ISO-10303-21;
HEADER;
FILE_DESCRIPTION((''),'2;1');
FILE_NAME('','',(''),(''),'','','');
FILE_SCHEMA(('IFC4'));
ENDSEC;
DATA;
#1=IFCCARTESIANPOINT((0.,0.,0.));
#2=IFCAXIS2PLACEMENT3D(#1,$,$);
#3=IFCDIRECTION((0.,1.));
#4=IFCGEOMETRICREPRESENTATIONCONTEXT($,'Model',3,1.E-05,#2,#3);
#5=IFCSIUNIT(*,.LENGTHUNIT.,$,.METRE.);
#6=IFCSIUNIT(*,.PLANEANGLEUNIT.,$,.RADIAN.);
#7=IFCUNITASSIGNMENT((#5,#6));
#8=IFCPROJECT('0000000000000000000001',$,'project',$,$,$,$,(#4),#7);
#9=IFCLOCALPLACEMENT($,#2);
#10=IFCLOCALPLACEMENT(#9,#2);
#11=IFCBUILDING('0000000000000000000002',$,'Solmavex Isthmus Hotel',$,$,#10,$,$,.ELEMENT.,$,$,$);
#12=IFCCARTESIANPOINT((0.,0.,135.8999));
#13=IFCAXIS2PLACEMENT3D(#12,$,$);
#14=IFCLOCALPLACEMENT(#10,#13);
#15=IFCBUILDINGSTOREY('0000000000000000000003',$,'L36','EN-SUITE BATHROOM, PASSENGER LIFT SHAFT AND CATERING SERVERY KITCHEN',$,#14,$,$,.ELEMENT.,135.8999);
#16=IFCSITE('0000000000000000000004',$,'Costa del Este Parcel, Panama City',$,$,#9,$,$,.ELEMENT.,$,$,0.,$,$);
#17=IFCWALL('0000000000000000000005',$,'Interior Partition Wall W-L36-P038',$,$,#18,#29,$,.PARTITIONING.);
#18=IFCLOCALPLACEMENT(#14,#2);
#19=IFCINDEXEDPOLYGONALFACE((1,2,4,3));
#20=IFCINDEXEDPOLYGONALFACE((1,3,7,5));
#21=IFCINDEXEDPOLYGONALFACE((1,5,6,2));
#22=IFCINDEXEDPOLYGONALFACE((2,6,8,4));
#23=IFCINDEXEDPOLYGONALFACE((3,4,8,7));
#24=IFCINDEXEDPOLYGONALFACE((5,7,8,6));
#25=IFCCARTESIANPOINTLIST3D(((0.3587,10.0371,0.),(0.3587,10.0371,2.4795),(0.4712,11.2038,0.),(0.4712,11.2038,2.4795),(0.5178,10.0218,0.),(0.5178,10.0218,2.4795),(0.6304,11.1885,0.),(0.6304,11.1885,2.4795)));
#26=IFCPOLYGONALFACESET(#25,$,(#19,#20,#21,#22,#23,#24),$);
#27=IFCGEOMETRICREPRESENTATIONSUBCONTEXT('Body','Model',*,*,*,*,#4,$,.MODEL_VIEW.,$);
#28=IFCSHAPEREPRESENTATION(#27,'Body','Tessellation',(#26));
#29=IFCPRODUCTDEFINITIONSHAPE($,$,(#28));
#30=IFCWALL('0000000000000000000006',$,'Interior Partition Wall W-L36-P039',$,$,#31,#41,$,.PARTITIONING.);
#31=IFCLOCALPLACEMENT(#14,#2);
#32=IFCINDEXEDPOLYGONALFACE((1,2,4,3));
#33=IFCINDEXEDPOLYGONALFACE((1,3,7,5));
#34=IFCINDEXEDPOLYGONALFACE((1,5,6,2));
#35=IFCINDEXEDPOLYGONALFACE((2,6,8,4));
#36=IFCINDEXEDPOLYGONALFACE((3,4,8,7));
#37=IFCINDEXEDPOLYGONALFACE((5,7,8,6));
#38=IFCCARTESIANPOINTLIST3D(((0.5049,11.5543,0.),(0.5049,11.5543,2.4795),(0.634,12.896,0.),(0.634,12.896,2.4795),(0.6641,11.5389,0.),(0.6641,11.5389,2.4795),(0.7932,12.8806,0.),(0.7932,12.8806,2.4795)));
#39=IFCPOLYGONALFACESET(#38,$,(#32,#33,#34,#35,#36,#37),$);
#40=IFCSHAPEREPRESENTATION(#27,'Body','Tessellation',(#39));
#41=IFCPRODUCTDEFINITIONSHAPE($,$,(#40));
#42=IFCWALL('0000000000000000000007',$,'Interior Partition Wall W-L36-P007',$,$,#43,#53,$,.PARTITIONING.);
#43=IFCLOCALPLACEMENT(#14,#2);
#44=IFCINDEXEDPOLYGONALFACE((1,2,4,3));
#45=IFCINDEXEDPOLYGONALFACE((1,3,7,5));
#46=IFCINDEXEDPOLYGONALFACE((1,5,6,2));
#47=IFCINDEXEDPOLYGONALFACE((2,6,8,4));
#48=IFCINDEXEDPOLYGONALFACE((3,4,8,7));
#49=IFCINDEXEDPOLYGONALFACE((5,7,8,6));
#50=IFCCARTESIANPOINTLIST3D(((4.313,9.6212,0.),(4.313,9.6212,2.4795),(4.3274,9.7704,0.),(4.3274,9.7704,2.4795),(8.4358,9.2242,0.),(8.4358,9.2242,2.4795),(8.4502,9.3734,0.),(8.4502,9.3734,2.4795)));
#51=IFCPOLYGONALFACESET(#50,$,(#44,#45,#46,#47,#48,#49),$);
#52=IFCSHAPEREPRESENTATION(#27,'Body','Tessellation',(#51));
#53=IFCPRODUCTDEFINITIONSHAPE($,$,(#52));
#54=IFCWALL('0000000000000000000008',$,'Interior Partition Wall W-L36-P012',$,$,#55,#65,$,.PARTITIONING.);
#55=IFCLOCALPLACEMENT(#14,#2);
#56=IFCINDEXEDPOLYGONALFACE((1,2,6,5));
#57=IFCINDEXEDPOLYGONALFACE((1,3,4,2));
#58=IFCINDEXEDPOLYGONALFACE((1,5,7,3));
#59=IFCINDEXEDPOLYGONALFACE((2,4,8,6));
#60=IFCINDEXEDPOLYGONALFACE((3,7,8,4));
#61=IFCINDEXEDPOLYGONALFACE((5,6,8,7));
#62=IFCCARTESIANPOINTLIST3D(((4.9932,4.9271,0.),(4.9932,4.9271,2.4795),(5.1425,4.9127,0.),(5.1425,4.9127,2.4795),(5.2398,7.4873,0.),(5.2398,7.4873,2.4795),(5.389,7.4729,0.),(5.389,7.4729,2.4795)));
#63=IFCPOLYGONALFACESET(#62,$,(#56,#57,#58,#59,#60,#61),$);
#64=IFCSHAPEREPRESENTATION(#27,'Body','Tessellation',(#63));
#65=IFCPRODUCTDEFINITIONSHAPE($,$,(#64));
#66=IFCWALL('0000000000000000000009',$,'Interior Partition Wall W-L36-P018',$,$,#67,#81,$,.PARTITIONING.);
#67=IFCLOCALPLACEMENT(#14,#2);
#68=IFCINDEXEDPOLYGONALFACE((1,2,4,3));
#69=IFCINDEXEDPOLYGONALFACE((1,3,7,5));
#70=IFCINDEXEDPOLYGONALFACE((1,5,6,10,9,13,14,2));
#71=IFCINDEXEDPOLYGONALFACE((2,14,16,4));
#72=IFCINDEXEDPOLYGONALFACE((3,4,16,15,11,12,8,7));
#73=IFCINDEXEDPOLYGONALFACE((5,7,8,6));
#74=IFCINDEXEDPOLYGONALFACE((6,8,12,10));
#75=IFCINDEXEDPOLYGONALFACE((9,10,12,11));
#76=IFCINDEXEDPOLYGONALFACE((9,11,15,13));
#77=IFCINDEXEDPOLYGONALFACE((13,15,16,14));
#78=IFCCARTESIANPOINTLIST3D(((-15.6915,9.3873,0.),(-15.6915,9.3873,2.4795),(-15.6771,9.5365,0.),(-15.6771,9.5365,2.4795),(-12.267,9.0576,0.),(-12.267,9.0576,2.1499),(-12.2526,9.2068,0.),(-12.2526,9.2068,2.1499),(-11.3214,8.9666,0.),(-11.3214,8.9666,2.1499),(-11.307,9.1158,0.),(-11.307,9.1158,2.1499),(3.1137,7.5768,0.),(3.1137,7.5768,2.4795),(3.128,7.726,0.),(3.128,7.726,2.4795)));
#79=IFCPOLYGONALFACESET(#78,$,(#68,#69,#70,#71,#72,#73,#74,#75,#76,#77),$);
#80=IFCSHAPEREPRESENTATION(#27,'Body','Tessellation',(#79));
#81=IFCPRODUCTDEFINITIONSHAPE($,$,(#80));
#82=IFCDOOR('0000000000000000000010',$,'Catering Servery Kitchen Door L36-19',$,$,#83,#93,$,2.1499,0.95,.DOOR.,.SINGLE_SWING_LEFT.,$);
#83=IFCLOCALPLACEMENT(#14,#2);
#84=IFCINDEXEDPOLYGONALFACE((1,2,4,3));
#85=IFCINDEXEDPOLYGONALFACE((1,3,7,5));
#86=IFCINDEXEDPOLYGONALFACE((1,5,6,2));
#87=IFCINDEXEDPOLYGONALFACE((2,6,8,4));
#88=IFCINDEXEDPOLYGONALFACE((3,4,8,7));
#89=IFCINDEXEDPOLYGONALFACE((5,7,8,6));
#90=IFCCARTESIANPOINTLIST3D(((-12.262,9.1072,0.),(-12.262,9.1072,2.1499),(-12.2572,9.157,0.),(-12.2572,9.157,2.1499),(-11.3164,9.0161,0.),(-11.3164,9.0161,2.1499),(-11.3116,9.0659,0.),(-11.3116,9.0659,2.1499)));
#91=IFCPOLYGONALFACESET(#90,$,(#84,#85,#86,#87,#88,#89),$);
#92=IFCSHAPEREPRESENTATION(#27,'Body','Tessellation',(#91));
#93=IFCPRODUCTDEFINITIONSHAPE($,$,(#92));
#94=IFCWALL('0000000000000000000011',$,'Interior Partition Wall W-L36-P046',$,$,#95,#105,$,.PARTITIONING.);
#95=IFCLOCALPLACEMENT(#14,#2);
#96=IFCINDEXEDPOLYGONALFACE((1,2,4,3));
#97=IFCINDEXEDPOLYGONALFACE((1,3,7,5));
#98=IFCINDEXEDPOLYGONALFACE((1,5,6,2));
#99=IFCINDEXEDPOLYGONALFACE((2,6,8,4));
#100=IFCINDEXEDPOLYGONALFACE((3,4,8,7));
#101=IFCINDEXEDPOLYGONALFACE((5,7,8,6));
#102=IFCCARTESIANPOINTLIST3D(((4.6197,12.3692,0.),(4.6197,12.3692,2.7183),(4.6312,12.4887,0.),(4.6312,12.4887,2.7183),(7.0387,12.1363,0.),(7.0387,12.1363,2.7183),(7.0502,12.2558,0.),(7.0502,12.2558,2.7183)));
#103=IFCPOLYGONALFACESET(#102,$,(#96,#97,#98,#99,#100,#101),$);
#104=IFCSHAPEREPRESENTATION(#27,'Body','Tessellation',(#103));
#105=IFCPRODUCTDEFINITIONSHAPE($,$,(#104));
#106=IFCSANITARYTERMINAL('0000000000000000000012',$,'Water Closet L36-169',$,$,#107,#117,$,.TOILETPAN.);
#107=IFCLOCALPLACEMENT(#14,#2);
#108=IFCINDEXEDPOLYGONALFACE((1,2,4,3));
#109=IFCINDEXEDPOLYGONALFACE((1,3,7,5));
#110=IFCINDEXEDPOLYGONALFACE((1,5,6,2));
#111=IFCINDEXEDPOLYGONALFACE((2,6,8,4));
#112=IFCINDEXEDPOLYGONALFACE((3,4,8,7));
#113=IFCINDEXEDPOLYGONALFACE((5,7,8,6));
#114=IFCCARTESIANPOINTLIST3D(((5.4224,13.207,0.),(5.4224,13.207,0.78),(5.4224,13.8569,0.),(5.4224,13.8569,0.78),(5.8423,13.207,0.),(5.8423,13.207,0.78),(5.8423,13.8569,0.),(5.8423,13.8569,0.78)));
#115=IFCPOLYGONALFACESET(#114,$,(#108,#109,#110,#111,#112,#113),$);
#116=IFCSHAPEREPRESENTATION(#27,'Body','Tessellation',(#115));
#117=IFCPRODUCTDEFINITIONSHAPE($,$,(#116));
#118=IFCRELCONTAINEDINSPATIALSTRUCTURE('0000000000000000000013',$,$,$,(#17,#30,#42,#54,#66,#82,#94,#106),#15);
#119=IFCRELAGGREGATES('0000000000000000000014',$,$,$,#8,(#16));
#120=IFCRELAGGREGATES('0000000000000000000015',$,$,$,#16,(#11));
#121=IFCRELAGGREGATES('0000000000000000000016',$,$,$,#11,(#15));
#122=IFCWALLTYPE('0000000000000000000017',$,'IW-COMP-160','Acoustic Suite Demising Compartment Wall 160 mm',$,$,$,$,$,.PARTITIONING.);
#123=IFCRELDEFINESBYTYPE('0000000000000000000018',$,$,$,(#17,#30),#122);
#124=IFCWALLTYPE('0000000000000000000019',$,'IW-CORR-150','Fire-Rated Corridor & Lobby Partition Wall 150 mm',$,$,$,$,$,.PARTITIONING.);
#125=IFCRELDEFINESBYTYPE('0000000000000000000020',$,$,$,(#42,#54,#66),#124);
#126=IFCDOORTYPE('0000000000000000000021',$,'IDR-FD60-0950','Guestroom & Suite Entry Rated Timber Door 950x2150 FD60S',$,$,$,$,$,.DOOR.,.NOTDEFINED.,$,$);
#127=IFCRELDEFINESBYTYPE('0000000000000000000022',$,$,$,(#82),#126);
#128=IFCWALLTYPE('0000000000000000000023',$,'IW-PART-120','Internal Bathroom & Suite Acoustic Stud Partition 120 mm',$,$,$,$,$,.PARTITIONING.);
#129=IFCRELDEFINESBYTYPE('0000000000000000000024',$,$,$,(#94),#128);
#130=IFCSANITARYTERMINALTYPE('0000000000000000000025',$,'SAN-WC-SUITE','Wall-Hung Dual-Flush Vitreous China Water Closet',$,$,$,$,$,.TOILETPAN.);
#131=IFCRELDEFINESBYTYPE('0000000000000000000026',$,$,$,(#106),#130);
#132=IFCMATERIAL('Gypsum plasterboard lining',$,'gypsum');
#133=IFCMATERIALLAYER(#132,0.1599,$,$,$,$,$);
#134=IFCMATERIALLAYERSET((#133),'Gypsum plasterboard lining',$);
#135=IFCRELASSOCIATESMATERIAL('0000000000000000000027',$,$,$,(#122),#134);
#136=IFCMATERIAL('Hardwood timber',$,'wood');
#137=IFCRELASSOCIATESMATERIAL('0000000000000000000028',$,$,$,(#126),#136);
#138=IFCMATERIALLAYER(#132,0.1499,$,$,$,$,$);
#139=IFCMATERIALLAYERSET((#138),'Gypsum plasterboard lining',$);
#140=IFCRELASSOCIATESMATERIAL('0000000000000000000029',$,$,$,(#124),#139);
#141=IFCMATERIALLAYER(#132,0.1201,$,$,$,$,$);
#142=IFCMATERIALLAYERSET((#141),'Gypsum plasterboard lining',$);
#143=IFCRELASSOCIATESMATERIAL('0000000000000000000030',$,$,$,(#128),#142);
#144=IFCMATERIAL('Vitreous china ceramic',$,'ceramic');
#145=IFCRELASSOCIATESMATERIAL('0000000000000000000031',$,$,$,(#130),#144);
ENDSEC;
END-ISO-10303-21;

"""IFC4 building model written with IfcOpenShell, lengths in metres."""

from ifc_helpers import new_model, si_unit, direction, frame, frame_2d, origin, origin_2d, place, context, subcontext, project, spatial, rectangle, extrude, material, layer, layer_set, type_object, element, fill, save


model = new_model("IFC4")

# Units and contexts
model_context = context("Model", 3, precision=1e-05, world=origin(), true_north=direction((0.0, 1.0)))
body_context = subcontext(model_context, "Body", "Model", "MODEL_VIEW")
ifc_project = project(units=[si_unit("LENGTHUNIT", "METRE"), si_unit("PLANEANGLEUNIT", "RADIAN")], contexts=[model_context])

# Site, building, storey
site_placement = place(None, origin())
site = spatial("IfcSite", under=ifc_project, at=site_placement, Name="Costa del Este Parcel, Panama City", CompositionType="ELEMENT", RefElevation=0.0)
building_placement = place(site_placement, origin())
building = spatial("IfcBuilding", under=site, at=building_placement, Name="Solmavex Isthmus Hotel", CompositionType="ELEMENT")
storey_placement = place(building_placement, frame((0.0, 0.0, 135.8999)))
storey = spatial("IfcBuildingStorey", under=building, at=storey_placement, Name="L36", Description="EN-SUITE BATHROOM, PASSENGER LIFT SHAFT AND CATERING SERVERY KITCHEN", CompositionType="ELEMENT", Elevation=135.8999)

# Walls
ifc_material_1 = material(Name="Gypsum plasterboard lining", Category="gypsum")
ifc_layer_1 = layer(ifc_material_1, 0.1599)
ifc_layer_set_1 = layer_set([ifc_layer_1], Name="Gypsum plasterboard lining")
wall_type_1 = type_object("IfcWallType", Name="IW-COMP-160", Description="Acoustic Suite Demising Compartment Wall 160 mm", PredefinedType="PARTITIONING", material=ifc_layer_set_1)
wall_1_placement = place(storey_placement, frame((0.5508, 11.196, 0.0), z_axis=(0.0, 0.0, 1.0), x_axis=(-0.096018, -0.99538, 0.0)))
element("IfcWall", 1, at=wall_1_placement, inside=storey, type_object=wall_type_1, Name="Interior Partition Wall W-L36-P038", PredefinedType="PARTITIONING", context=body_context, shape_type="SweptSolid", body=[
    extrude(rectangle(XDim=1.1721, YDim=0.1599, at=frame_2d((0.5859, 0.0))), origin(), (0.0, 0.0, 1.0), 2.4795),
])
wall_2_placement = place(storey_placement, frame((0.7136, 12.8882, 0.0), z_axis=(0.0, 0.0, 1.0), x_axis=(-0.095809, -0.9954, 0.0)))
element("IfcWall", 2, at=wall_2_placement, inside=storey, type_object=wall_type_1, Name="Interior Partition Wall W-L36-P039", PredefinedType="PARTITIONING", context=body_context, shape_type="SweptSolid", body=[
    extrude(rectangle(XDim=1.3479, YDim=0.1599, at=frame_2d((0.6738, 0.0))), origin(), (0.0, 0.0, 1.0), 2.4795),
])

# Shared definitions
ifc_material_2 = material(Name="Hardwood timber", Category="wood")
door_type = type_object("IfcDoorType", Name="IDR-FD60-0950", Description="Guestroom & Suite Entry Rated Timber Door 950x2150 FD60S", OperationType="NOTDEFINED", PredefinedType="DOOR", material=ifc_material_2)
ifc_layer_2 = layer(ifc_material_1, 0.1499)
ifc_layer_set_2 = layer_set([ifc_layer_2], Name="Gypsum plasterboard lining")
wall_type_2 = type_object("IfcWallType", Name="IW-CORR-150", Description="Fire-Rated Corridor & Lobby Partition Wall 150 mm", PredefinedType="PARTITIONING", material=ifc_layer_set_2)

# Walls
wall_3_placement = place(storey_placement, frame((4.3203, 9.6958, 0.0), z_axis=(0.0, 0.0, 1.0), x_axis=(0.995396, -0.095844, 0.0)))
element("IfcWall", 3, at=wall_3_placement, inside=storey, type_object=wall_type_2, Name="Interior Partition Wall W-L36-P007", PredefinedType="PARTITIONING", context=body_context, shape_type="SweptSolid", body=[
    extrude(rectangle(XDim=4.1418, YDim=0.1499, at=frame_2d((2.0708, 0.0))), origin(), (0.0, 0.0, 1.0), 2.4795),
])
wall_4_placement = place(storey_placement, frame((5.3145, 7.4802, 0.0), z_axis=(0.0, 0.0, 1.0), x_axis=(-0.095875, -0.995393, 0.0)))
element("IfcWall", 4, at=wall_4_placement, inside=storey, type_object=wall_type_2, Name="Interior Partition Wall W-L36-P012", PredefinedType="PARTITIONING", context=body_context, shape_type="SweptSolid", body=[
    extrude(rectangle(XDim=2.572, YDim=0.1499, at=frame_2d((1.2861, 0.0))), origin(), (0.0, 0.0, 1.0), 2.4795),
])

# Wall, opening, door
wall_5_placement = place(storey_placement, frame((3.1208, 7.6514, 0.0), z_axis=(0.0, 0.0, 1.0), x_axis=(-0.995397, 0.095836, 0.0)))
wall_5 = element("IfcWall", 5, at=wall_5_placement, inside=storey, type_object=wall_type_2, Name="Interior Partition Wall W-L36-P018", PredefinedType="PARTITIONING", context=body_context, shape_type="SweptSolid", body=[
    extrude(rectangle(XDim=18.8921, YDim=0.1499, at=frame_2d((9.446, 0.0))), origin(), (0.0, 0.0, 1.0), 2.4795),
])
opening_1_placement = place(wall_5_placement, frame((14.5017, 0.0, 0.0)))
opening_1 = element("IfcOpeningElement", 6, at=opening_1_placement, cuts=wall_5, PredefinedType="OPENING", context=body_context, shape_type="SweptSolid", body=[
    extrude(rectangle(XDim=0.95, YDim=2.1499, at=frame_2d((0.4751, 1.075))), frame((0.0, 0.085, 0.0), z_axis=(0.0, -1.0, 0.0), x_axis=(1.0, 0.0, 0.0)), (0.0, 0.0, 1.0), 0.1699),
])
door_1_placement = place(opening_1_placement, frame((0.95, 0.0, 0.0), z_axis=(0.0, 0.0, 1.0), x_axis=(-1.0, 0.0, 0.0)))
door_1 = element("IfcDoor", 7, at=door_1_placement, inside=storey, type_object=door_type, Name="Catering Servery Kitchen Door L36-19", OperationType="SINGLE_SWING_LEFT", OverallHeight=2.1499, OverallWidth=0.95, PredefinedType="DOOR", context=body_context, shape_type="SweptSolid", body=[
    extrude(rectangle(XDim=0.95, YDim=2.1499, at=frame_2d((0.4751, 1.075))), frame((0.0, 0.0249, 0.0), z_axis=(0.0, -1.0, 0.0), x_axis=(1.0, 0.0, 0.0)), (0.0, 0.0, 1.0), 0.05),
])
fill(opening_1, door_1)

# Wall
ifc_layer_3 = layer(ifc_material_1, 0.1201)
ifc_layer_set_3 = layer_set([ifc_layer_3], Name="Gypsum plasterboard lining")
wall_type_3 = type_object("IfcWallType", Name="IW-PART-120", Description="Internal Bathroom & Suite Acoustic Stud Partition 120 mm", PredefinedType="PARTITIONING", material=ifc_layer_set_3)
wall_6_placement = place(storey_placement, frame((4.6255, 12.429, 0.0), z_axis=(0.0, 0.0, 1.0), x_axis=(0.995397, -0.095843, 0.0)))
element("IfcWall", 8, at=wall_6_placement, inside=storey, type_object=wall_type_3, Name="Interior Partition Wall W-L36-P046", PredefinedType="PARTITIONING", context=body_context, shape_type="SweptSolid", body=[
    extrude(rectangle(XDim=2.4302, YDim=0.1201, at=frame_2d((1.2151, 0.0))), origin(), (0.0, 0.0, 1.0), 2.7183),
])

# Sanitary terminal
ifc_material_3 = material(Name="Vitreous china ceramic", Category="ceramic")
sanitary_terminal_type = type_object("IfcSanitaryTerminalType", Name="SAN-WC-SUITE", Description="Wall-Hung Dual-Flush Vitreous China Water Closet", PredefinedType="TOILETPAN", material=ifc_material_3)
sanitary_terminal_placement = place(storey_placement, frame((5.6323, 13.532, 0.0), z_axis=(0.0, 0.0, 1.0), x_axis=(1.0, 0.0, 0.0)))
element("IfcSanitaryTerminal", 9, at=sanitary_terminal_placement, inside=storey, type_object=sanitary_terminal_type, Name="Water Closet L36-169", PredefinedType="TOILETPAN", context=body_context, shape_type="SweptSolid", body=[
    extrude(rectangle(XDim=0.4199, YDim=0.6499, at=origin_2d()), origin(), (0.0, 0.0, 1.0), 0.78),
])

save(model, "model.ifc")
